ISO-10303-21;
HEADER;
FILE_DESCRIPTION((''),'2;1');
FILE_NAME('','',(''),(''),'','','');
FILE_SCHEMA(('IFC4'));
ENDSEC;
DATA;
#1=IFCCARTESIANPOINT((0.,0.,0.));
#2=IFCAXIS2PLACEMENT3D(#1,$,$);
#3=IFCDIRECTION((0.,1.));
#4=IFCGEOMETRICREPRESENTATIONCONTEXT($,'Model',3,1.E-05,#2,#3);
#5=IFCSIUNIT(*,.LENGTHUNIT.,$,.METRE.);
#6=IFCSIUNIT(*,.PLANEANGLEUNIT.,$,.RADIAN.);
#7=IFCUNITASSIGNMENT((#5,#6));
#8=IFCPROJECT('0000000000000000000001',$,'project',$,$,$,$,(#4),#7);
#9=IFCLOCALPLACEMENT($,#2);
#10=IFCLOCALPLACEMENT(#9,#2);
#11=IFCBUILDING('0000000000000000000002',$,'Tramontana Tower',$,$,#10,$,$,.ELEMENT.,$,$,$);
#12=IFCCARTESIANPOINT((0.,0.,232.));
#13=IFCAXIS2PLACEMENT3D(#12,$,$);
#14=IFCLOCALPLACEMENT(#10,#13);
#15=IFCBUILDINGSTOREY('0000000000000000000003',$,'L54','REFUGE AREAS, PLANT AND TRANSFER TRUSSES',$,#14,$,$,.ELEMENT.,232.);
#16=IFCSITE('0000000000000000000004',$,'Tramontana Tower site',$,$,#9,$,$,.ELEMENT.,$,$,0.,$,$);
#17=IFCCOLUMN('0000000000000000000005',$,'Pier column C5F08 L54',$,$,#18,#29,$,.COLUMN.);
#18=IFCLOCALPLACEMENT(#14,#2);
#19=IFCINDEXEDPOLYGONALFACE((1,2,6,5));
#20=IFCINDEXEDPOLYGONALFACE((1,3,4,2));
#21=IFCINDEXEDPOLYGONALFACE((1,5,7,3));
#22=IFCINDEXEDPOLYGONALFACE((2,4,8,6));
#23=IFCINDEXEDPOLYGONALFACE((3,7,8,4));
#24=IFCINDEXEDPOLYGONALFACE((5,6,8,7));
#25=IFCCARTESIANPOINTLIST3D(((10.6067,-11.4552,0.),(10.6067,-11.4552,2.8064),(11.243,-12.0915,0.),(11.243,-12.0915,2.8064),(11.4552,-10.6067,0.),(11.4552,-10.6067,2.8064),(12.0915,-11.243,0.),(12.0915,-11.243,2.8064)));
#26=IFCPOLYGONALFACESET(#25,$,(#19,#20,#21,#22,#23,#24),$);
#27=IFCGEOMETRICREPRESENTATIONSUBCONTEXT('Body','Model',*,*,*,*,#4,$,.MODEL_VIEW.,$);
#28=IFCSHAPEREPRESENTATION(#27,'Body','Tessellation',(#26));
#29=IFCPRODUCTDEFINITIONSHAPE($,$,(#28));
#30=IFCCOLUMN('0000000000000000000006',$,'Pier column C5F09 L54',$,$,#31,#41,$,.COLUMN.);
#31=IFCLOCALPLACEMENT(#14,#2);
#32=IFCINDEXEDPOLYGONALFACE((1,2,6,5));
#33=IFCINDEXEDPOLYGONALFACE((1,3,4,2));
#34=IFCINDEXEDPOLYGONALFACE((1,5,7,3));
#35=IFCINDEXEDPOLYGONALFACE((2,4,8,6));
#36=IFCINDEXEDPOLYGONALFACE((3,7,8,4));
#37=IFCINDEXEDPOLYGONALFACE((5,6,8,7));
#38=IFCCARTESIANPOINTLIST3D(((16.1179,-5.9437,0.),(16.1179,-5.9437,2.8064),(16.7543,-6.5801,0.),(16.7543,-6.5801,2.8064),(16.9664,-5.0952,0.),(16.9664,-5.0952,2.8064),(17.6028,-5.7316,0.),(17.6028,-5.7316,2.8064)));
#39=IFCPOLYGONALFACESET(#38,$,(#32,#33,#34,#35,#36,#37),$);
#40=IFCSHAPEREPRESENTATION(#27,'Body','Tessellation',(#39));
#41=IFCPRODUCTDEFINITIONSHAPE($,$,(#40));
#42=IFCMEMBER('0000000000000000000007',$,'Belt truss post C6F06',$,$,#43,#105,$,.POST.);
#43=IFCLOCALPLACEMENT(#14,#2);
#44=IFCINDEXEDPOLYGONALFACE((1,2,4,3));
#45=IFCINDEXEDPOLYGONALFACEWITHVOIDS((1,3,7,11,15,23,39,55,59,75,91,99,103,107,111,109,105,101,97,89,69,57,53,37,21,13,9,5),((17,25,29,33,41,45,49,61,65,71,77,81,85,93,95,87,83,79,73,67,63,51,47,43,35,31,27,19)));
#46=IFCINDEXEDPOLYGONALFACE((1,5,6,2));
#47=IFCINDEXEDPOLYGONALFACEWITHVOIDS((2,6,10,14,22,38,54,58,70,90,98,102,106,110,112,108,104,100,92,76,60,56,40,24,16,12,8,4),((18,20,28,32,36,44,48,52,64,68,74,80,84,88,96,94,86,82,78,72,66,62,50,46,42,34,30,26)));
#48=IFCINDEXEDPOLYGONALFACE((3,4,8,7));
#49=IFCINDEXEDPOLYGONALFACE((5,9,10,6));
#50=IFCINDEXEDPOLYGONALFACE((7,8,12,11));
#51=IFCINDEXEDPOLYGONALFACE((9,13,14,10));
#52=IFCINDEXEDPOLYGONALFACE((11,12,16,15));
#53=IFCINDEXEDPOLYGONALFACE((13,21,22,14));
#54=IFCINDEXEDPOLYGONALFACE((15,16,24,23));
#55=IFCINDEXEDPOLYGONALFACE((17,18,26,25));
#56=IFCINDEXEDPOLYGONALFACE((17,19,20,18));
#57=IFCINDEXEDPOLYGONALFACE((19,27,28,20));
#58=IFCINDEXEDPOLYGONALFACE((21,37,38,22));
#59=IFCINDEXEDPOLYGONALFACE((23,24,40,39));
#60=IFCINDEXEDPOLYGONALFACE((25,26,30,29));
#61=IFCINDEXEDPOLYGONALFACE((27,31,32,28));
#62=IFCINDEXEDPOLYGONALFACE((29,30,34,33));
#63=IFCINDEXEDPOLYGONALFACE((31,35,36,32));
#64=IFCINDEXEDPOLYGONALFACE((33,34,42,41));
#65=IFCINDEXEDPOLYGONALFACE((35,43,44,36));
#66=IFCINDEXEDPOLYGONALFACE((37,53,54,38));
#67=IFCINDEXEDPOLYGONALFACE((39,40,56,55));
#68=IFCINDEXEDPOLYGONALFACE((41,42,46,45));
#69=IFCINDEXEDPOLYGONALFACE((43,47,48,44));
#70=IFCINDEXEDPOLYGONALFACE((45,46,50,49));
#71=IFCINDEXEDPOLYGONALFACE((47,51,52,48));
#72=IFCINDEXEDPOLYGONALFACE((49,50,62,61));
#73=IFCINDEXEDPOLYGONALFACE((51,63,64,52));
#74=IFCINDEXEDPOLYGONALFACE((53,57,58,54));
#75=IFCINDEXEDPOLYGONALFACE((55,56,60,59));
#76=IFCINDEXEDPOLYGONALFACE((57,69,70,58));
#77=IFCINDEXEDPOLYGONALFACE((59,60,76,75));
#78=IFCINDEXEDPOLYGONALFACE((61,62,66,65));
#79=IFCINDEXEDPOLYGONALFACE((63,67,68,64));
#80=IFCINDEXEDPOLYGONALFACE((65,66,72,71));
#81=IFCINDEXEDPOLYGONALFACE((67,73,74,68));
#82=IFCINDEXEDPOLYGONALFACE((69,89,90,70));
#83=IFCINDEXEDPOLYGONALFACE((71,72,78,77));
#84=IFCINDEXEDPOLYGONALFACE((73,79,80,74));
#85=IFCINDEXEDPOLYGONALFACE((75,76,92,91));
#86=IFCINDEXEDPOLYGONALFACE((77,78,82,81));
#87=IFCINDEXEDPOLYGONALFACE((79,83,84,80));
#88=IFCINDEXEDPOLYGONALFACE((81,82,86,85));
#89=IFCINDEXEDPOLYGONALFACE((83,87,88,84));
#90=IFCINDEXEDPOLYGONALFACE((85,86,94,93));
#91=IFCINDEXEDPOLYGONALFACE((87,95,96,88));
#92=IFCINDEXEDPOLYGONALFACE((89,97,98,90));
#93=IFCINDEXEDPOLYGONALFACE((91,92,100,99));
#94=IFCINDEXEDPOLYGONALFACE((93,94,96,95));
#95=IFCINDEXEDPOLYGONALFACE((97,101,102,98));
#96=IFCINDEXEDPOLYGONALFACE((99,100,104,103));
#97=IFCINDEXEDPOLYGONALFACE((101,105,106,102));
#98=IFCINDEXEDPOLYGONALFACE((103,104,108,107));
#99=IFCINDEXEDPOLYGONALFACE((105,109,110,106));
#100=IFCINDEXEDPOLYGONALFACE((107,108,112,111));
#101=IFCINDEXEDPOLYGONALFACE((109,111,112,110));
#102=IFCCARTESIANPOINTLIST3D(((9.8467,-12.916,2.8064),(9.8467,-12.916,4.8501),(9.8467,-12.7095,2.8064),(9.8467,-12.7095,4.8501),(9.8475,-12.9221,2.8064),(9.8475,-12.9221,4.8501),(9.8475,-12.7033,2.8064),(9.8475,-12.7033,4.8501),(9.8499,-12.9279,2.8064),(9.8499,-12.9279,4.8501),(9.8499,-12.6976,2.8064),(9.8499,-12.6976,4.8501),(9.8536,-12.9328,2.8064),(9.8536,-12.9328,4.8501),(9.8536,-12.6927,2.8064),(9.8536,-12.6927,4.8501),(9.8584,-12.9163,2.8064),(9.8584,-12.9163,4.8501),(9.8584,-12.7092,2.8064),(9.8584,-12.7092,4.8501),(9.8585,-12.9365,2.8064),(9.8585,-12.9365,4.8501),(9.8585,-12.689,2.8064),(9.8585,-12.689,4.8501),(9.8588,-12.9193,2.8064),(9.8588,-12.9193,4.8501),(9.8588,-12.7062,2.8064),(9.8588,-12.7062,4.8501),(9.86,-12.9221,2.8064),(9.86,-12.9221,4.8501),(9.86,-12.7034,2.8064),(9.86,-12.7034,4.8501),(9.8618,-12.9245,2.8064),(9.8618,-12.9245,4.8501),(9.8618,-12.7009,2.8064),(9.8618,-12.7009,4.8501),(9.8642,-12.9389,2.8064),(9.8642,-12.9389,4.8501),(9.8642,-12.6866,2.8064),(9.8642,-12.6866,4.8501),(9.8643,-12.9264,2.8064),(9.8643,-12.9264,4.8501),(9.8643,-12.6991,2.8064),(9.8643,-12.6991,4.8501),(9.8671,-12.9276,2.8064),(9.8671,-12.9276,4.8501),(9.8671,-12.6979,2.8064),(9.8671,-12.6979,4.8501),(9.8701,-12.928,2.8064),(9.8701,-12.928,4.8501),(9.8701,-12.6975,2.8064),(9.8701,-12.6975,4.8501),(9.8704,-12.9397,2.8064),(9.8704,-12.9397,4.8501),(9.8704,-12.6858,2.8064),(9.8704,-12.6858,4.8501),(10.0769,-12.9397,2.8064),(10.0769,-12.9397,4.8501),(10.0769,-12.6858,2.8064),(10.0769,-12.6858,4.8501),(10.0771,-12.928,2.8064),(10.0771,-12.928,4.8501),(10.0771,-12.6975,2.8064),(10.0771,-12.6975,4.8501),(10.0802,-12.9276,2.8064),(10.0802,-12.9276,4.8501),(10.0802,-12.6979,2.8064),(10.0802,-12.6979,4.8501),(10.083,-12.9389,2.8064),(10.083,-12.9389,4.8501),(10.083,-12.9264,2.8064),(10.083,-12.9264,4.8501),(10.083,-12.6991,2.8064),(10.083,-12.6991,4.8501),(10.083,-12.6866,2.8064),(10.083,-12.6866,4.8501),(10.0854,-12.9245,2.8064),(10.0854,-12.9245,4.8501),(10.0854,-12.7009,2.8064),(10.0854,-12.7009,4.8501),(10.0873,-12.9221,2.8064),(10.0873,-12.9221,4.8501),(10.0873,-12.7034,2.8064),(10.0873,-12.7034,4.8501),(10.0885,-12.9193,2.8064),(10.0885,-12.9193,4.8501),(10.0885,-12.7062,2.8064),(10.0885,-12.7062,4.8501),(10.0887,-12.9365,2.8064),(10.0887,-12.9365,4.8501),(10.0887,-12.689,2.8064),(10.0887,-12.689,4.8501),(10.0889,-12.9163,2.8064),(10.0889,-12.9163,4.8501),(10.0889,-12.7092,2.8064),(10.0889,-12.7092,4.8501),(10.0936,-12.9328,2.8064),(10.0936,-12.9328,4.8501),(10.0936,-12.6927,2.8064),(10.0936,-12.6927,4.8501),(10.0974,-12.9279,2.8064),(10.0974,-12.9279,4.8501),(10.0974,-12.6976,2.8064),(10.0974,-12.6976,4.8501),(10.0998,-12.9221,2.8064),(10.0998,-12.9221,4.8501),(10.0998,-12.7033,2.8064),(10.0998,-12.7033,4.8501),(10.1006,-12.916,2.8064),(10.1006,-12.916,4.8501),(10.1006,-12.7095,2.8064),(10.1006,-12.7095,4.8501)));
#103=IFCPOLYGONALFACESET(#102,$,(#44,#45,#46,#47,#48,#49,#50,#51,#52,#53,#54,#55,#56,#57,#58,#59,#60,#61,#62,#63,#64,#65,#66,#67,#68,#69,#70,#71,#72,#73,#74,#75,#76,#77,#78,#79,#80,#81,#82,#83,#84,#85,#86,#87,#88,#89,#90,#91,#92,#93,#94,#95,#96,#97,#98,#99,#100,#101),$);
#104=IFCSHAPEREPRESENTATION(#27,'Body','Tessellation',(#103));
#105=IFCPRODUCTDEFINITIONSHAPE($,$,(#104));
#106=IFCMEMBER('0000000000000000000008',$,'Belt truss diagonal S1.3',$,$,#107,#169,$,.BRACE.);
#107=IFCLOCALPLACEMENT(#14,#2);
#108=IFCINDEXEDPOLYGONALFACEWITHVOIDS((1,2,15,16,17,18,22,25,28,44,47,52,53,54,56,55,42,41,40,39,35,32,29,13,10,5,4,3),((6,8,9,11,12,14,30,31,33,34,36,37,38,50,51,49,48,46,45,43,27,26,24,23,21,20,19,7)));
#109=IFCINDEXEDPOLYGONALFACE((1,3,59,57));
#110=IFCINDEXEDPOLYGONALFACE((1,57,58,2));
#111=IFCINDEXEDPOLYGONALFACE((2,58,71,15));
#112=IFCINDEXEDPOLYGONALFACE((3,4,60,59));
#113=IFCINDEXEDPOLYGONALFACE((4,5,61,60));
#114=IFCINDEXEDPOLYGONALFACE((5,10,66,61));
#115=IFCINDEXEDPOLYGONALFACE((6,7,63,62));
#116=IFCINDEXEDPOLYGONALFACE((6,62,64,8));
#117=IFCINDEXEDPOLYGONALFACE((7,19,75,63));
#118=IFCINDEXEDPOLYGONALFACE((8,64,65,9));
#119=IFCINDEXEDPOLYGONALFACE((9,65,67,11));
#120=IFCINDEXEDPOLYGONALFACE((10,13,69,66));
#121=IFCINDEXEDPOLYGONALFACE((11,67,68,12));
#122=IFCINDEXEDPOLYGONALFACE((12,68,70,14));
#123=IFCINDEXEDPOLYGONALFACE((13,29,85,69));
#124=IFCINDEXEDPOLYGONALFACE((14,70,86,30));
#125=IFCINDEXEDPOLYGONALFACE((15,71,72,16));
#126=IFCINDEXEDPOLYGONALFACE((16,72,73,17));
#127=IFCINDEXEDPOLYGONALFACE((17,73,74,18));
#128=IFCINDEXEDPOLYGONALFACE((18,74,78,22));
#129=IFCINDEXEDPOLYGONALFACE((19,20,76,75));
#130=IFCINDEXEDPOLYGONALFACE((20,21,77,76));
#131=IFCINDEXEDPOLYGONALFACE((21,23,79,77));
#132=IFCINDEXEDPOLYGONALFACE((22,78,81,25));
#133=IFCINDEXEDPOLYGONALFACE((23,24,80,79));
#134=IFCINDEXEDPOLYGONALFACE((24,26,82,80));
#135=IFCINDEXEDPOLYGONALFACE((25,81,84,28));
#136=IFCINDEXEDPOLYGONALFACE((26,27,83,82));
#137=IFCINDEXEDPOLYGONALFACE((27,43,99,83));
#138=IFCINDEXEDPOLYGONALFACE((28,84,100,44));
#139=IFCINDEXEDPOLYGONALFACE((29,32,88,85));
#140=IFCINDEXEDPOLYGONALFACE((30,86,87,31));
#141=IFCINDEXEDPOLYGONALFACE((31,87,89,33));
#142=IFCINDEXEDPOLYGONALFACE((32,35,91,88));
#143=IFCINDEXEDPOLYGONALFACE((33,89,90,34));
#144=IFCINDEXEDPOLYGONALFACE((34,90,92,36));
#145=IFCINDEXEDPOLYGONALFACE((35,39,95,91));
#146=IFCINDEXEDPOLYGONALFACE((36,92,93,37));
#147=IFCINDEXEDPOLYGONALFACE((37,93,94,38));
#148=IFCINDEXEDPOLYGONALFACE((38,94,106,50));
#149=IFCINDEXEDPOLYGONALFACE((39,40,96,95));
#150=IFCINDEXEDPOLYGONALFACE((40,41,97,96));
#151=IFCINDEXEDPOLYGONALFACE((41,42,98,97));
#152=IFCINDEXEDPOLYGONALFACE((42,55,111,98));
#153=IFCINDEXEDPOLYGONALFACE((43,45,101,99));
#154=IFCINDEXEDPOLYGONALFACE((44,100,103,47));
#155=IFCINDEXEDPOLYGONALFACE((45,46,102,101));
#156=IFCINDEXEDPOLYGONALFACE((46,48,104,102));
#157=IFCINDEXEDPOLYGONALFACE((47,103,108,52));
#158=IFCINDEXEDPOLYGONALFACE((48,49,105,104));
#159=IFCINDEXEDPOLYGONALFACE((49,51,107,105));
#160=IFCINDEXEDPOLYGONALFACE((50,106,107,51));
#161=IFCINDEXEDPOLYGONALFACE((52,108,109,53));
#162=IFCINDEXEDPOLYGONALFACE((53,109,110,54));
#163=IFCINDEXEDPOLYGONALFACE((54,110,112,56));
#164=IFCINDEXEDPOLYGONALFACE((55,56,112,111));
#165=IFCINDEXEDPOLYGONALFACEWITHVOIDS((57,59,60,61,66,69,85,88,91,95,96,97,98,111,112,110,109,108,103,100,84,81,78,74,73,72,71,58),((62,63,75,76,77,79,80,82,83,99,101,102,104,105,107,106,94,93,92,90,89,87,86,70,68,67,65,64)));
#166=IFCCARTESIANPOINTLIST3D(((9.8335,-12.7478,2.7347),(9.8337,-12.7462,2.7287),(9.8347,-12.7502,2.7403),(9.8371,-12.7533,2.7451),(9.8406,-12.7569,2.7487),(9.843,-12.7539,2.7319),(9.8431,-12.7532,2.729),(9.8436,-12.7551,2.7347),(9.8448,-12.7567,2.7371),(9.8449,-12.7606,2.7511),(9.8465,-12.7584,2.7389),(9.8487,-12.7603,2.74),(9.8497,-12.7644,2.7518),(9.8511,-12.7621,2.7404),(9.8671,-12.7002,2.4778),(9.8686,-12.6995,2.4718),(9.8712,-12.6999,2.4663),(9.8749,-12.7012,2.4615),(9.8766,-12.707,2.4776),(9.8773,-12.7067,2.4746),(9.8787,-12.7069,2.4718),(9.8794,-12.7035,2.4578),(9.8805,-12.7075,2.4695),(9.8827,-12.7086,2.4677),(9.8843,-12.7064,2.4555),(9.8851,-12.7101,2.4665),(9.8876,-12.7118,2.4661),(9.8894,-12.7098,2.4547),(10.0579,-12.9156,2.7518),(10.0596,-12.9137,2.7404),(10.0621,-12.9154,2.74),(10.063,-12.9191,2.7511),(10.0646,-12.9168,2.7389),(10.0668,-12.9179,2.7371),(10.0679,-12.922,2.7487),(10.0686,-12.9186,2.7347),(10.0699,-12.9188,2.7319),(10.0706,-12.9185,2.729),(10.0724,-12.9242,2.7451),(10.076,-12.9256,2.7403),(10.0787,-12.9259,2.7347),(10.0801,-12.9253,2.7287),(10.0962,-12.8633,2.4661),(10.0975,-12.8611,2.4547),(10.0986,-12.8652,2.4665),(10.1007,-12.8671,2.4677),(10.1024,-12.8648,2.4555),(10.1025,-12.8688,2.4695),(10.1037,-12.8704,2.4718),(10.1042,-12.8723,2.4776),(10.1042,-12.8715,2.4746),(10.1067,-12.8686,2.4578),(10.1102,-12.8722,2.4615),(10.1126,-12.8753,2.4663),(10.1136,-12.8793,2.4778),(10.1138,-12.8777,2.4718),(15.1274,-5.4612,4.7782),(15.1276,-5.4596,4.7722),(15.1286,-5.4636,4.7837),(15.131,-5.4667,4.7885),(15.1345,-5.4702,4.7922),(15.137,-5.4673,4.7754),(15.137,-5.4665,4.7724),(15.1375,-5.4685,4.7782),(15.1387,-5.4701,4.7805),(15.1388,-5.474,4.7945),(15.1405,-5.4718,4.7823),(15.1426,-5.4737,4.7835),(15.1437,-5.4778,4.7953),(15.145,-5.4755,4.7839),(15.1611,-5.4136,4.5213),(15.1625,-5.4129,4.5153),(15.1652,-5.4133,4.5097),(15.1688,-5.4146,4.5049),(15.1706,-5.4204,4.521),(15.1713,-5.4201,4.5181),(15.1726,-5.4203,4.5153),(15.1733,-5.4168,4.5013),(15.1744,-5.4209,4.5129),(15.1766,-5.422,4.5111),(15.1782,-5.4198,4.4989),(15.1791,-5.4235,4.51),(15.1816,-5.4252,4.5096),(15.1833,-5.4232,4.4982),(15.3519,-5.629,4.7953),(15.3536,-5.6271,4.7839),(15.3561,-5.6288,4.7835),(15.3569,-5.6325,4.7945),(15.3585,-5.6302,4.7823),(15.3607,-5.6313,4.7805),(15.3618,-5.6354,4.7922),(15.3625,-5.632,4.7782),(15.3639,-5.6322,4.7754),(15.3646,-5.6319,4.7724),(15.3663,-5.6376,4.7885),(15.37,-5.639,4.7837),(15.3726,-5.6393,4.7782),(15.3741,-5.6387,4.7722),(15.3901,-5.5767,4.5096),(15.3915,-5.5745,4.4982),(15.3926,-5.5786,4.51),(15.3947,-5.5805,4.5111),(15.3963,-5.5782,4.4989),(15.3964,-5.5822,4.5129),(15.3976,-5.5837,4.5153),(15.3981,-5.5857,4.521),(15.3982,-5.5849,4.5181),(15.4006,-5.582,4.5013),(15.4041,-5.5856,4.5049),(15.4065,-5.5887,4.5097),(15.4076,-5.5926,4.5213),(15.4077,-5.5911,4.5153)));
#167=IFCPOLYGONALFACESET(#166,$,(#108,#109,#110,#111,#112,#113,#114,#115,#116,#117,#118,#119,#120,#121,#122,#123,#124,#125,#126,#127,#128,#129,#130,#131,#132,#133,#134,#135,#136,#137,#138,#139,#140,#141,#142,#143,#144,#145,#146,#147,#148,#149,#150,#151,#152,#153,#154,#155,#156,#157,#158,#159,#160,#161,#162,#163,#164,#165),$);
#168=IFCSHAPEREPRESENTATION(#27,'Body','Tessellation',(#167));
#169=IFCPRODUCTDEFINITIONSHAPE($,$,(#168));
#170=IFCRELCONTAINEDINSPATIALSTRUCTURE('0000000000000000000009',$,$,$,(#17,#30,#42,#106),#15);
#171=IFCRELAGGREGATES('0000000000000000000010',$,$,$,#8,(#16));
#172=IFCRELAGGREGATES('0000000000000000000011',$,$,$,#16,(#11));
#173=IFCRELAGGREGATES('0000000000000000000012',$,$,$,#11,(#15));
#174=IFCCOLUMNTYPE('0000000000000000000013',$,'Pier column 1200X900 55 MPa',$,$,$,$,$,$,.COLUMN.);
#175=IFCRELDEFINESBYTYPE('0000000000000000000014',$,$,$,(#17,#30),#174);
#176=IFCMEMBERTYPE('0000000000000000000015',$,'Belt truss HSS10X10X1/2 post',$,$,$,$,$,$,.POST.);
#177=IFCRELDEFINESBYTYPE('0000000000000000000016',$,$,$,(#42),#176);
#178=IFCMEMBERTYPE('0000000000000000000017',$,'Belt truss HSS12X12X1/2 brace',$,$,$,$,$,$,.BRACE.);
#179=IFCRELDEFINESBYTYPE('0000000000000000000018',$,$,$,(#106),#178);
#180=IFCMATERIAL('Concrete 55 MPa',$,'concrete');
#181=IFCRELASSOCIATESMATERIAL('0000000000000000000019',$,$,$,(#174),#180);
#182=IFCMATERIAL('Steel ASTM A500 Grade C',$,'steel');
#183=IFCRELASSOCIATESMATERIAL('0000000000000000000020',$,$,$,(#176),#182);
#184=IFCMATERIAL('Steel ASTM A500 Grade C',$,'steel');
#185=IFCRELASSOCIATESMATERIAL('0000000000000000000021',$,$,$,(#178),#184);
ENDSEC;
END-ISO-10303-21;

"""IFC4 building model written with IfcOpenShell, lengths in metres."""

from ifc_helpers import new_model, si_unit, direction, frame, origin, origin_2d, place, context, subcontext, project, spatial, rectangle, hollow_rectangle, extrude, material, material_profile, profile_set, type_object, element, save


model = new_model("IFC4")

# Units and contexts
model_context = context("Model", 3, precision=1e-05, world=origin(), true_north=direction((0.0, 1.0)))
body_context = subcontext(model_context, "Body", "Model", "MODEL_VIEW")
ifc_project = project(units=[si_unit("LENGTHUNIT", "METRE"), si_unit("PLANEANGLEUNIT", "RADIAN")], contexts=[model_context])

# Site, building, storey
site_placement = place(None, origin())
site = spatial("IfcSite", under=ifc_project, at=site_placement, Name="Tramontana Tower site", CompositionType="ELEMENT", RefElevation=0.0)
building_placement = place(site_placement, origin())
building = spatial("IfcBuilding", under=site, at=building_placement, Name="Tramontana Tower", CompositionType="ELEMENT")
storey_placement = place(building_placement, frame((0.0, 0.0, 232.0)))
storey = spatial("IfcBuildingStorey", under=building, at=storey_placement, Name="L54", Description="REFUGE AREAS, PLANT AND TRANSFER TRUSSES", CompositionType="ELEMENT", Elevation=232.0)

# Columns
ifc_material_1 = material(Name="Concrete 55 MPa", Category="concrete")
ifc_material_profile_1 = material_profile(ifc_material_1, rectangle(XDim=1.2, YDim=0.8999, at=origin_2d()), Name="Pier column 1200X900 55 MPa")
ifc_profile_set_1 = profile_set([ifc_material_profile_1], Name="Concrete 55 MPa")
column_type = type_object("IfcColumnType", Name="Pier column 1200X900 55 MPa", PredefinedType="COLUMN", material=ifc_profile_set_1)
for number, where, z_axis, x_axis, name in (
    (1, (11.3491, -11.3491, 0.0), (0.0, 0.0, 1.0), (0.707107, 0.707107, 0.0), "Pier column C5F08 L54"),
    (2, (16.8604, -5.8376, 0.0), (0.0, 0.0, 1.0), (0.707107, 0.707107, 0.0), "Pier column C5F09 L54"),
):
    element("IfcColumn", number, at=place(storey_placement, frame(where, z_axis=z_axis, x_axis=x_axis)), inside=storey, type_object=column_type, Name=name, PredefinedType="COLUMN", context=body_context, shape_type="SweptSolid", body=[
        extrude(rectangle(XDim=1.2, YDim=0.8999, at=origin_2d()), origin(), (0.0, 0.0, 1.0), 2.8064),
    ])

# Members
ifc_material_2 = material(Name="Steel ASTM A500 Grade C", Category="steel")
ifc_material_profile_2 = material_profile(ifc_material_2, hollow_rectangle(XDim=0.2539, YDim=0.2539, WallThickness=0.0117, InnerFilletRadius=0.0117, OuterFilletRadius=0.0237, at=origin_2d()), Name="HSS10X10X1/2")
ifc_profile_set_2 = profile_set([ifc_material_profile_2], Name="Steel ASTM A500 Grade C")
member_type_1 = type_object("IfcMemberType", Name="Belt truss HSS10X10X1/2 post", PredefinedType="POST", material=ifc_profile_set_2)
member_1_placement = place(storey_placement, frame((9.9736, -12.8127, 2.8064), z_axis=(0.0, 0.0, 1.0), x_axis=(1.0, 0.0, 0.0)))
element("IfcMember", 3, at=member_1_placement, inside=storey, type_object=member_type_1, Name="Belt truss post C6F06", PredefinedType="POST", context=body_context, shape_type="SweptSolid", body=[
    extrude(hollow_rectangle(XDim=0.2539, YDim=0.2539, WallThickness=0.0117, InnerFilletRadius=0.0117, OuterFilletRadius=0.0237, at=origin_2d()), origin(), (0.0, 0.0, 1.0), 2.0437),
])
ifc_material_3 = material(Name="Steel ASTM A500 Grade C", Category="steel")
ifc_material_profile_3 = material_profile(ifc_material_3, hollow_rectangle(XDim=0.3047, YDim=0.3047, WallThickness=0.0117, InnerFilletRadius=0.0117, OuterFilletRadius=0.0237, at=origin_2d()), Name="HSS12X12X1/2")
ifc_profile_set_3 = profile_set([ifc_material_profile_3], Name="Steel ASTM A500 Grade C")
member_type_2 = type_object("IfcMemberType", Name="Belt truss HSS12X12X1/2 brace", PredefinedType="BRACE", material=ifc_profile_set_3)
member_2_placement = place(storey_placement, frame((9.9736, -12.8127, 2.6033), z_axis=(0.57321, 0.788971, 0.221259), x_axis=(-0.809022, 0.587778, 0.0)))
element("IfcMember", 4, at=member_2_placement, inside=storey, type_object=member_type_2, Name="Belt truss diagonal S1.3", PredefinedType="BRACE", context=body_context, shape_type="SweptSolid", body=[
    extrude(hollow_rectangle(XDim=0.3047, YDim=0.3047, WallThickness=0.0117, InnerFilletRadius=0.0117, OuterFilletRadius=0.0237, at=origin_2d()), origin(), (0.0, 0.0, 1.0), 9.2356),
])

save(model, "model.ifc")
